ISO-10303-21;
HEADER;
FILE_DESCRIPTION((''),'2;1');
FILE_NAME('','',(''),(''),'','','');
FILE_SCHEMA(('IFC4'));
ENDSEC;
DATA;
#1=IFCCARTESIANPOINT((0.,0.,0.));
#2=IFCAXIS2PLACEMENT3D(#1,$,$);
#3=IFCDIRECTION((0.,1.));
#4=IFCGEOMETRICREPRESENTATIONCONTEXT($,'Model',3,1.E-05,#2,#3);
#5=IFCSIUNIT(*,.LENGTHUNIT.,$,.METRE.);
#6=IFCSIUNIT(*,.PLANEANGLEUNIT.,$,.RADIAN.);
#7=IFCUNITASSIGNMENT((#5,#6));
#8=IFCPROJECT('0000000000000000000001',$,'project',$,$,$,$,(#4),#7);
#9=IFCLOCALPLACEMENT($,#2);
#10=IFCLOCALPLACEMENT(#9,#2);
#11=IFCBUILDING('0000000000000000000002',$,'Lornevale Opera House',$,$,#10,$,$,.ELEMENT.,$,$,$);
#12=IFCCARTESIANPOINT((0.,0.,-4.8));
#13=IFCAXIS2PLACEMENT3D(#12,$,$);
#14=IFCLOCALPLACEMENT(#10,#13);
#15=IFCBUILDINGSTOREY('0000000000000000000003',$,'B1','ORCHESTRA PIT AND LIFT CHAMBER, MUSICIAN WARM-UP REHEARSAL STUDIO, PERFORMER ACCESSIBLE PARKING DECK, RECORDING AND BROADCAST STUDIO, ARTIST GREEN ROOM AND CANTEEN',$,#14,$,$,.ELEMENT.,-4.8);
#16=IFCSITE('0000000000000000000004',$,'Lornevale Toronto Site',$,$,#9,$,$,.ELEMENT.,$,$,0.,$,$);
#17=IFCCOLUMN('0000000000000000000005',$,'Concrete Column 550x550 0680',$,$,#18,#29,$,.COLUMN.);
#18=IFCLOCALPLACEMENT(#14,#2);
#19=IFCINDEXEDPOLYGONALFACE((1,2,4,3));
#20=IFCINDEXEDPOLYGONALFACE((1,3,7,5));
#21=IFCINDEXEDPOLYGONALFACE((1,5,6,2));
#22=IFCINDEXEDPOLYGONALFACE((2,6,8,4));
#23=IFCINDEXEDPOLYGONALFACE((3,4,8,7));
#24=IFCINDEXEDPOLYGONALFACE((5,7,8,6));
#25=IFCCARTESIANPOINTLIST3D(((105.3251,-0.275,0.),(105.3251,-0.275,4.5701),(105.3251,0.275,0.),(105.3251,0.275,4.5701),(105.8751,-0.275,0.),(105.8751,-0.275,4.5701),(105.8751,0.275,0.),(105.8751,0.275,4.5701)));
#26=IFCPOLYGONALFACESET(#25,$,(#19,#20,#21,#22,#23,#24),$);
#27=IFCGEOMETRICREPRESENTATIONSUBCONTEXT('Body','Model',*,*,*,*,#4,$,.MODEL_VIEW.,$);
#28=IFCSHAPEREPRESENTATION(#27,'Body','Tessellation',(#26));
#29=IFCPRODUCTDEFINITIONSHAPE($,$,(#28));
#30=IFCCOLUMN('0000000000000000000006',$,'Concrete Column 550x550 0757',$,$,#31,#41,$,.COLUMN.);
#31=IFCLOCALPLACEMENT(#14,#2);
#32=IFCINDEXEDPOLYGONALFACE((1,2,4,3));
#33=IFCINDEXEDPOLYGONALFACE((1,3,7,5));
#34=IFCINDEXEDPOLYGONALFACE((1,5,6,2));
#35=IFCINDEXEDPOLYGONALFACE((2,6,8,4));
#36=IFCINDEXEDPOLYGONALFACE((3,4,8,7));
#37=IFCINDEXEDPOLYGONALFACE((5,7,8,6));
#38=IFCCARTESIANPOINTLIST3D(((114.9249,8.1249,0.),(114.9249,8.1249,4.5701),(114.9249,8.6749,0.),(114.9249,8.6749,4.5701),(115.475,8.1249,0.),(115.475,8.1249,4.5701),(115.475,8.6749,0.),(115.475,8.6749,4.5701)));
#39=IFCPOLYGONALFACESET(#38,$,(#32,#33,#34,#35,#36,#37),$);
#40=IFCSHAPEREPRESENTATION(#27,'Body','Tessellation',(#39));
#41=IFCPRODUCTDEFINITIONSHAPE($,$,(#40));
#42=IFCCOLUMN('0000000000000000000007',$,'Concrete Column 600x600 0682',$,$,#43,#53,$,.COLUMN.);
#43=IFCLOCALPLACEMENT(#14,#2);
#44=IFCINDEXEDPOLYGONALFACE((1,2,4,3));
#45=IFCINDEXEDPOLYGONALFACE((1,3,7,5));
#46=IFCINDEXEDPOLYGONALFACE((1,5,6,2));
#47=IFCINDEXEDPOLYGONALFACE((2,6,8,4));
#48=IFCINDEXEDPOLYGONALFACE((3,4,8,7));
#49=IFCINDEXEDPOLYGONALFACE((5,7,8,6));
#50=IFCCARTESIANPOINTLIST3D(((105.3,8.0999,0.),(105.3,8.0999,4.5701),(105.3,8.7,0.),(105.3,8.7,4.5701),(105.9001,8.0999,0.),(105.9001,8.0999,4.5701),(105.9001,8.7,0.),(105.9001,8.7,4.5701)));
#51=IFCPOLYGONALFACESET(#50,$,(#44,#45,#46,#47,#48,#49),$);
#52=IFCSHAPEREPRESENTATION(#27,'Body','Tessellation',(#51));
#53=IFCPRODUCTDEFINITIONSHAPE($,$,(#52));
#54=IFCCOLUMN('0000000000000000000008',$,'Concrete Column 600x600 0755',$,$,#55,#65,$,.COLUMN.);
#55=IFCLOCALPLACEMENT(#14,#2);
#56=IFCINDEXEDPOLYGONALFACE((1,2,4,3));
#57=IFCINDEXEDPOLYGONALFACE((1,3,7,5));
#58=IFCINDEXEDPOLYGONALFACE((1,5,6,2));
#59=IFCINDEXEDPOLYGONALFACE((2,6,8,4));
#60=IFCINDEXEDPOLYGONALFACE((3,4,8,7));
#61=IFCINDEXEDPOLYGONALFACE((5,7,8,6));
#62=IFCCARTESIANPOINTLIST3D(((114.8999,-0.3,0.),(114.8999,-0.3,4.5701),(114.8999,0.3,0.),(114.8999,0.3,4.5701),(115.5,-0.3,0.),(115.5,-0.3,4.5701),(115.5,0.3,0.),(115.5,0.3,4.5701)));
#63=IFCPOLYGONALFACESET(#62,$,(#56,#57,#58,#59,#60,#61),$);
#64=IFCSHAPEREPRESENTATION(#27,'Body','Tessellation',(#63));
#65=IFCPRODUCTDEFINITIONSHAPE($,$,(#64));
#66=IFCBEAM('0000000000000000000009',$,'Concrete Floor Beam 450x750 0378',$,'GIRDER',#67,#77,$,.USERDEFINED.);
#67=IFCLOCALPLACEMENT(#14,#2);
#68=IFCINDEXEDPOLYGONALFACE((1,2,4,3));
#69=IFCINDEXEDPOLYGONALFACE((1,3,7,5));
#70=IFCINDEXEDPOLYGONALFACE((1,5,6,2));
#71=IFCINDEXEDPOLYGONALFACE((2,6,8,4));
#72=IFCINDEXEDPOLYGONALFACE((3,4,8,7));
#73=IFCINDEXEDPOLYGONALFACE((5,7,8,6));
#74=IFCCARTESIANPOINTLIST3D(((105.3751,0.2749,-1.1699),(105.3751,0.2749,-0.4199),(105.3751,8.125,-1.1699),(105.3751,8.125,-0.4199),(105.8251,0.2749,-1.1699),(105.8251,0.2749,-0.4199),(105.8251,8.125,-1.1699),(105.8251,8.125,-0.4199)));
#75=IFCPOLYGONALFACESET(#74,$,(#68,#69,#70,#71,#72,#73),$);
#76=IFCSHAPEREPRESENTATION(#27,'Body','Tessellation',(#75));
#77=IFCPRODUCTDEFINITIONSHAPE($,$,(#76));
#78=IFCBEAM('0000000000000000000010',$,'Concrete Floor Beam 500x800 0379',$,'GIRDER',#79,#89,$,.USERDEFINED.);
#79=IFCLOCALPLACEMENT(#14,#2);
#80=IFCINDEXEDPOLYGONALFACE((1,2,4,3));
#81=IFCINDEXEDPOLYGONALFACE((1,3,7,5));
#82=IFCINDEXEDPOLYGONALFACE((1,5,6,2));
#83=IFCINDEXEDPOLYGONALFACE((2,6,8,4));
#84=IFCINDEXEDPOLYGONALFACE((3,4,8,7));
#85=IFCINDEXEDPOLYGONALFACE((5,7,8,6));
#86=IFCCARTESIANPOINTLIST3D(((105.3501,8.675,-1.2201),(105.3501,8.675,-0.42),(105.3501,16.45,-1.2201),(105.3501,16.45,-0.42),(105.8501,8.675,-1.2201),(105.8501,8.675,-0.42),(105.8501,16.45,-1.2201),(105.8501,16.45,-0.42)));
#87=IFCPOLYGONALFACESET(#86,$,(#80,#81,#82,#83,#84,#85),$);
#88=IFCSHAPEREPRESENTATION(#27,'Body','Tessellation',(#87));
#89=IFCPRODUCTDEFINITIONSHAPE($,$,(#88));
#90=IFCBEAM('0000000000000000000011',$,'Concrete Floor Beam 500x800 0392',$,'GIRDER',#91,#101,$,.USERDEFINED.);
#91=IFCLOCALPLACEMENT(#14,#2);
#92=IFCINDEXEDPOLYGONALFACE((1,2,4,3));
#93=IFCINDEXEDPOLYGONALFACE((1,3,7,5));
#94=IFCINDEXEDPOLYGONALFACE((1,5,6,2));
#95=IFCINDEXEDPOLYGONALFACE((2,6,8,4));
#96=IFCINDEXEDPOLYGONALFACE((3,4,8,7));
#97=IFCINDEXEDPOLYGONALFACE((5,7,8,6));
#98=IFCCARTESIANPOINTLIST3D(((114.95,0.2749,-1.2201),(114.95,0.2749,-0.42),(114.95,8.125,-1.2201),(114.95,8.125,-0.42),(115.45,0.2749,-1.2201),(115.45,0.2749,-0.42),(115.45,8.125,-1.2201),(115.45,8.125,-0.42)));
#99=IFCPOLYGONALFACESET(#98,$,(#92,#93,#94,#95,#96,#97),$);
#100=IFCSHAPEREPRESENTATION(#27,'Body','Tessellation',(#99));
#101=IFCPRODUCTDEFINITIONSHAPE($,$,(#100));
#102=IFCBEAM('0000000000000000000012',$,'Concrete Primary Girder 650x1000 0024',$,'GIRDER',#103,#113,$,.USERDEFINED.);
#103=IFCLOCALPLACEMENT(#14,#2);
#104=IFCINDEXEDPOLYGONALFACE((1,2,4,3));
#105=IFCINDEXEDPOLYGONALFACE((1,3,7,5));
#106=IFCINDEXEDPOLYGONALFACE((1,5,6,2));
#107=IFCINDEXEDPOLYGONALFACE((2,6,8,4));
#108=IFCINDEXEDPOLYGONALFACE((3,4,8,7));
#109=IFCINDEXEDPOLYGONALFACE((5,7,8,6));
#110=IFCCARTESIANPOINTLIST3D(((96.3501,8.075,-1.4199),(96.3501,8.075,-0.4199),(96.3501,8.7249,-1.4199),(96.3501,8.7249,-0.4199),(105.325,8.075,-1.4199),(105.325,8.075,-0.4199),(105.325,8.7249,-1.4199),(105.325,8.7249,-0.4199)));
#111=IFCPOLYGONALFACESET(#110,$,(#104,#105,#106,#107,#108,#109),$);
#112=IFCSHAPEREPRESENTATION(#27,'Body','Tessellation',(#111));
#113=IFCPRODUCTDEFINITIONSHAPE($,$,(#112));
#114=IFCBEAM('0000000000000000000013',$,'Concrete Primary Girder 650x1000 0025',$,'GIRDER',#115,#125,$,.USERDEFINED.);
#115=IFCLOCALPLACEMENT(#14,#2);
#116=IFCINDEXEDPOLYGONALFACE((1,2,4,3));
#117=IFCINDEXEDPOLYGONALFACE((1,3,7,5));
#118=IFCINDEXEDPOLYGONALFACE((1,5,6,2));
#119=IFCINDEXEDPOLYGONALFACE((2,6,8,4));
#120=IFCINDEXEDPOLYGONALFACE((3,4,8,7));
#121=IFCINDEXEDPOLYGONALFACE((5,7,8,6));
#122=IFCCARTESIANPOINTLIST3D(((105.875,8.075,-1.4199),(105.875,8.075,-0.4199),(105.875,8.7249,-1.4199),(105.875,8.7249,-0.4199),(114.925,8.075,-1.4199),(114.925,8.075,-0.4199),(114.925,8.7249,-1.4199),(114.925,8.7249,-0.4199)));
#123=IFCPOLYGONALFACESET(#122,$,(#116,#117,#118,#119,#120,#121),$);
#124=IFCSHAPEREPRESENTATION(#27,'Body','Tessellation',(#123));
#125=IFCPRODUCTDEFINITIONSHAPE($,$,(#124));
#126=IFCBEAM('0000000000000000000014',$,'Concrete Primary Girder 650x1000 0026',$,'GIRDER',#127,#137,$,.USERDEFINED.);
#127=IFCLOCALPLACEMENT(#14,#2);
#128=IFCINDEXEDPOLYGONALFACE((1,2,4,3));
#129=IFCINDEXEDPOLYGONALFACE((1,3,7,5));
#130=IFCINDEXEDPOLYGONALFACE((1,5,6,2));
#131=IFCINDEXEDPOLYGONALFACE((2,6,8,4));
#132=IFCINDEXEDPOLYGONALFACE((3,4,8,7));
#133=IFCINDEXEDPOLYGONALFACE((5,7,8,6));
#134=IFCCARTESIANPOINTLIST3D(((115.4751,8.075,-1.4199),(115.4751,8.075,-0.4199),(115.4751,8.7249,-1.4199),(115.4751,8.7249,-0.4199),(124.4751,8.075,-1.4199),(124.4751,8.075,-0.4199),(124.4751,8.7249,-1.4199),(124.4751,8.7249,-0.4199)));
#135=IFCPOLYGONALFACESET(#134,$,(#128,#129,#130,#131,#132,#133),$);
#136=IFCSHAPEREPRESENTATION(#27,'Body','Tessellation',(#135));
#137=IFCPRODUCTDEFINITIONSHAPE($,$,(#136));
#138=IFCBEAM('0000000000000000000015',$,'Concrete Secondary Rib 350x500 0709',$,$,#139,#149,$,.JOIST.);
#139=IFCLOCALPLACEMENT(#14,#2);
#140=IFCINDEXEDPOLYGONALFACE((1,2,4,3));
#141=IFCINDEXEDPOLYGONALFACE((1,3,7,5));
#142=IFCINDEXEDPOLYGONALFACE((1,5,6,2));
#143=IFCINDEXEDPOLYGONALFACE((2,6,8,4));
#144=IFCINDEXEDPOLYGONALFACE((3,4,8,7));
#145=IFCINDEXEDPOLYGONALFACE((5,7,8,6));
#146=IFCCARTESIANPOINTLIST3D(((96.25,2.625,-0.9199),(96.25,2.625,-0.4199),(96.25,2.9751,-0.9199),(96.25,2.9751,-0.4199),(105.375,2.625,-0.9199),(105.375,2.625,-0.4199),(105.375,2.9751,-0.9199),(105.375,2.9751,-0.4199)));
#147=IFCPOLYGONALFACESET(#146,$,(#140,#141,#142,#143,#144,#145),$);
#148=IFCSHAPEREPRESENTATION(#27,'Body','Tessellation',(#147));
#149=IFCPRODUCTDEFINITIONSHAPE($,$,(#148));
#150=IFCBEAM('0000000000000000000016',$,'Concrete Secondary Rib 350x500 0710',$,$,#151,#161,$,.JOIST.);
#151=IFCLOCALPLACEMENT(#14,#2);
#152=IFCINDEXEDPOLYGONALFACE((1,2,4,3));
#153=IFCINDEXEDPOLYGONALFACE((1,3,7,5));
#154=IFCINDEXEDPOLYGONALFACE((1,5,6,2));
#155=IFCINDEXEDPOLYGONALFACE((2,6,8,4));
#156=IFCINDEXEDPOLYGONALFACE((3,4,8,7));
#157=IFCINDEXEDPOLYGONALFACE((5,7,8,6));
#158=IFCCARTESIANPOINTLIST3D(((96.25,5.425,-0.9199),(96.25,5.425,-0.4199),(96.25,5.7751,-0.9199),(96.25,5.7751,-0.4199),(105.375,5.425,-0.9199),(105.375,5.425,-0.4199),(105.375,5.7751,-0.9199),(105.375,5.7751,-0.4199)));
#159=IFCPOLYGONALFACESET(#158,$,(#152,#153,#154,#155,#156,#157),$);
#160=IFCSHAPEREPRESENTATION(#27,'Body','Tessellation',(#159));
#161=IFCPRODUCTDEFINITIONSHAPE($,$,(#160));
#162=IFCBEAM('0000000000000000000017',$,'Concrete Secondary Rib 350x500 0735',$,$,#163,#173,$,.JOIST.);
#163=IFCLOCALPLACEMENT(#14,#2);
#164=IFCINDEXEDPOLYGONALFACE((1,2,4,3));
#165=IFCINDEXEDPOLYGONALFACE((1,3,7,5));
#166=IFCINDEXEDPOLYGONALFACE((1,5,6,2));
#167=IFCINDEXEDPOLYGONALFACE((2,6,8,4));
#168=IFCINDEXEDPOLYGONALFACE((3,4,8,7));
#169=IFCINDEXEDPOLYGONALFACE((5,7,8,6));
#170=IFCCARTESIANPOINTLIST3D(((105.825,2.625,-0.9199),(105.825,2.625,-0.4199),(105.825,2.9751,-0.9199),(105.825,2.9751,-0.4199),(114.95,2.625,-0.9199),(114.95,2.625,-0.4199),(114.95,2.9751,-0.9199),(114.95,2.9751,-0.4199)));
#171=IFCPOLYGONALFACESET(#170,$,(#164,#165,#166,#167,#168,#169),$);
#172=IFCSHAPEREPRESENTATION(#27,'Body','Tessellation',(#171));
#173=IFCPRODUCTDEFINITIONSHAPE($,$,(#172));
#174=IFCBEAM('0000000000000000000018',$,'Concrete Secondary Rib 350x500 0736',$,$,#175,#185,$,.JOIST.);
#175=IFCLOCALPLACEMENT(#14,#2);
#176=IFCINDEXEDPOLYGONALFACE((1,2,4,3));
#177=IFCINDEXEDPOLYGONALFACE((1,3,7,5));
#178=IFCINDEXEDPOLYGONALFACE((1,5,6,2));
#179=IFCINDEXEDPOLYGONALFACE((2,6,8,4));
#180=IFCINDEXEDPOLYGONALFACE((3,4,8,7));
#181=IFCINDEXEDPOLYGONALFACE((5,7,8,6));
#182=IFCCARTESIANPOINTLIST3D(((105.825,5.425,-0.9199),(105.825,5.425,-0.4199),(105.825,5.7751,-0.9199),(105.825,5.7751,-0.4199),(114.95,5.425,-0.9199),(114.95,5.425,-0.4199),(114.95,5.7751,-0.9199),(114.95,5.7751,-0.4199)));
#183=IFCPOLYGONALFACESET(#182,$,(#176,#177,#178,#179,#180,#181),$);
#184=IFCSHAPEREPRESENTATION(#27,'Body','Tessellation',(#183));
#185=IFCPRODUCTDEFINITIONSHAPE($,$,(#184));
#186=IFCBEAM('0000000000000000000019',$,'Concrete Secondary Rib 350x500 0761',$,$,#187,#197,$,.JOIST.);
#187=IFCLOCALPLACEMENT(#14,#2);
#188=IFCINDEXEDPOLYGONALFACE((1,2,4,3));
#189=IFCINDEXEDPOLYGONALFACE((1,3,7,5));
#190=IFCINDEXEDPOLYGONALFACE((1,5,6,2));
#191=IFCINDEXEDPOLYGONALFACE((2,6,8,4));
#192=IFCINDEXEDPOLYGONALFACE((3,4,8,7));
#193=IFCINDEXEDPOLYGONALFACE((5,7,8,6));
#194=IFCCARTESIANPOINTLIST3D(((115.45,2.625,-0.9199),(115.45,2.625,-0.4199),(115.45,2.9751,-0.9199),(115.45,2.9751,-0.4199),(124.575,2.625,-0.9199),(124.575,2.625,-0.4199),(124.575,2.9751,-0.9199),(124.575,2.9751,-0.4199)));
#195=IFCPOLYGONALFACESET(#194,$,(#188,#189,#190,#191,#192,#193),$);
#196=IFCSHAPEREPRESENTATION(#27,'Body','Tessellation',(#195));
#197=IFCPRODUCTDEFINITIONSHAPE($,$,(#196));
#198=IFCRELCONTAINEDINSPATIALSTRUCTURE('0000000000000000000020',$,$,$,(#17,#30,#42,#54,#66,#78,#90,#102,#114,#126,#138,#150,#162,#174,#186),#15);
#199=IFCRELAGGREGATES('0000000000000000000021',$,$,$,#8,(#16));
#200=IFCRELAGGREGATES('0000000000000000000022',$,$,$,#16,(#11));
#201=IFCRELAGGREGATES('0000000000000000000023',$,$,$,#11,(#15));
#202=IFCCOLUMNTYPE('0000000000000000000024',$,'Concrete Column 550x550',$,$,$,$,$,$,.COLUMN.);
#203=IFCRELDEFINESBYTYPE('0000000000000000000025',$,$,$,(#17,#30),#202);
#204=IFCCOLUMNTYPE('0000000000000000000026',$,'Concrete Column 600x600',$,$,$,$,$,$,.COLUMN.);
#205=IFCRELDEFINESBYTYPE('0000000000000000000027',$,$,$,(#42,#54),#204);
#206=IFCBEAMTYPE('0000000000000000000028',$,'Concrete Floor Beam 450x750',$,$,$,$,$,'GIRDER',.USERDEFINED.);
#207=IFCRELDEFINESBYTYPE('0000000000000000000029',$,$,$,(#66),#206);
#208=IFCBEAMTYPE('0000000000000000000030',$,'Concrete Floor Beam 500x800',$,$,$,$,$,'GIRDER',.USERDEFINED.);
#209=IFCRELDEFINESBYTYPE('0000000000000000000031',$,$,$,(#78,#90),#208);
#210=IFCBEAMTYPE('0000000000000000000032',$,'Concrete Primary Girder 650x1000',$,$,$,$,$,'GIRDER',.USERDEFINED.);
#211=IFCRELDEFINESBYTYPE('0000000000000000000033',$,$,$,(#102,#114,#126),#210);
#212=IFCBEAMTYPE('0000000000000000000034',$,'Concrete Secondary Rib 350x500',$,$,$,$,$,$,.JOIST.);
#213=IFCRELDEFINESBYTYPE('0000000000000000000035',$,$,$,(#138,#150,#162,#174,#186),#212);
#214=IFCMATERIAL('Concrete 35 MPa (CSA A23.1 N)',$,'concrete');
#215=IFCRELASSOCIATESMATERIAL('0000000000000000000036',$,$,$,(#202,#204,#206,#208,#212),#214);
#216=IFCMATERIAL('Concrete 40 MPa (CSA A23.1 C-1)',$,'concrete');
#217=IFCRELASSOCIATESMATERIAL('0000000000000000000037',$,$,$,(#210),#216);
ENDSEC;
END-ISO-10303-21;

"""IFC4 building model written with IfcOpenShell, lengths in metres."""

from ifc_helpers import new_model, si_unit, direction, frame, origin, origin_2d, place, context, subcontext, project, spatial, rectangle, extrude, material, material_profile, profile_set, type_object, element, save


model = new_model("IFC4")

# Units and contexts
model_context = context("Model", 3, precision=1e-05, world=origin(), true_north=direction((0.0, 1.0)))
body_context = subcontext(model_context, "Body", "Model", "MODEL_VIEW")
ifc_project = project(units=[si_unit("LENGTHUNIT", "METRE"), si_unit("PLANEANGLEUNIT", "RADIAN")], contexts=[model_context])

# Site, building, storey
site_placement = place(None, origin())
site = spatial("IfcSite", under=ifc_project, at=site_placement, Name="Lornevale Toronto Site", CompositionType="ELEMENT", RefElevation=0.0)
building_placement = place(site_placement, origin())
building = spatial("IfcBuilding", under=site, at=building_placement, Name="Lornevale Opera House", CompositionType="ELEMENT")
storey_placement = place(building_placement, frame((0.0, 0.0, -4.8)))
storey = spatial("IfcBuildingStorey", under=building, at=storey_placement, Name="B1", Description="ORCHESTRA PIT AND LIFT CHAMBER, MUSICIAN WARM-UP REHEARSAL STUDIO, PERFORMER ACCESSIBLE PARKING DECK, RECORDING AND BROADCAST STUDIO, ARTIST GREEN ROOM AND CANTEEN", CompositionType="ELEMENT", Elevation=-4.8)

# Columns
ifc_material_1 = material(Name="Concrete 35 MPa (CSA A23.1 N)", Category="concrete")
ifc_material_profile_1 = material_profile(ifc_material_1, rectangle(XDim=0.55, YDim=0.55, at=origin_2d()), Name="RC550x550")
ifc_profile_set_1 = profile_set([ifc_material_profile_1], Name="Concrete 35 MPa (CSA A23.1 N)")
column_type_1 = type_object("IfcColumnType", Name="Concrete Column 550x550", PredefinedType="COLUMN", material=ifc_profile_set_1)
for number, where, z_axis, x_axis, name in (
    (1, (105.6001, 0.0, 0.0), (0.0, 0.0, 1.0), (1.0, 0.0, 0.0), "Concrete Column 550x550 0680"),
    (2, (115.2, 8.3999, 0.0), (0.0, 0.0, 1.0), (1.0, 0.0, 0.0), "Concrete Column 550x550 0757"),
):
    element("IfcColumn", number, at=place(storey_placement, frame(where, z_axis=z_axis, x_axis=x_axis)), inside=storey, type_object=column_type_1, Name=name, PredefinedType="COLUMN", context=body_context, shape_type="SweptSolid", body=[
        extrude(rectangle(XDim=0.55, YDim=0.55, at=origin_2d()), origin(), (0.0, 0.0, 1.0), 4.5701),
    ])
ifc_material_profile_2 = material_profile(ifc_material_1, rectangle(XDim=0.6001, YDim=0.6001, at=origin_2d()), Name="RC600x600")
ifc_profile_set_2 = profile_set([ifc_material_profile_2], Name="Concrete 35 MPa (CSA A23.1 N)")
column_type_2 = type_object("IfcColumnType", Name="Concrete Column 600x600", PredefinedType="COLUMN", material=ifc_profile_set_2)
for number, where, z_axis, x_axis, name in (
    (3, (105.6001, 8.3999, 0.0), (0.0, 0.0, 1.0), (1.0, 0.0, 0.0), "Concrete Column 600x600 0682"),
    (4, (115.2, 0.0, 0.0), (0.0, 0.0, 1.0), (1.0, 0.0, 0.0), "Concrete Column 600x600 0755"),
):
    element("IfcColumn", number, at=place(storey_placement, frame(where, z_axis=z_axis, x_axis=x_axis)), inside=storey, type_object=column_type_2, Name=name, PredefinedType="COLUMN", context=body_context, shape_type="SweptSolid", body=[
        extrude(rectangle(XDim=0.6001, YDim=0.6001, at=origin_2d()), origin(), (0.0, 0.0, 1.0), 4.5701),
    ])

# Beams
ifc_material_profile_3 = material_profile(ifc_material_1, rectangle(XDim=0.45, YDim=0.75, at=origin_2d()), Name="RC450x750")
ifc_profile_set_3 = profile_set([ifc_material_profile_3], Name="Concrete 35 MPa (CSA A23.1 N)")
beam_type_1 = type_object("IfcBeamType", Name="Concrete Floor Beam 450x750", ElementType="GIRDER", PredefinedType="USERDEFINED", material=ifc_profile_set_3)
beam_1_placement = place(storey_placement, frame((105.6001, 0.2749, -0.7949), z_axis=(0.0, 1.0, 0.0), x_axis=(-1.0, 0.0, 0.0)))
element("IfcBeam", 5, at=beam_1_placement, inside=storey, type_object=beam_type_1, Name="Concrete Floor Beam 450x750 0378", ObjectType="GIRDER", PredefinedType="USERDEFINED", context=body_context, shape_type="SweptSolid", body=[
    extrude(rectangle(XDim=0.45, YDim=0.75, at=origin_2d()), origin(), (0.0, 0.0, 1.0), 7.8501),
])
ifc_material_profile_4 = material_profile(ifc_material_1, rectangle(XDim=0.5, YDim=0.8, at=origin_2d()), Name="RC500x800")
ifc_profile_set_4 = profile_set([ifc_material_profile_4], Name="Concrete 35 MPa (CSA A23.1 N)")
beam_type_2 = type_object("IfcBeamType", Name="Concrete Floor Beam 500x800", ElementType="GIRDER", PredefinedType="USERDEFINED", material=ifc_profile_set_4)
beam_2_placement = place(storey_placement, frame((105.6001, 8.675, -0.8201), z_axis=(0.0, 1.0, 0.0), x_axis=(-1.0, 0.0, 0.0)))
element("IfcBeam", 6, at=beam_2_placement, inside=storey, type_object=beam_type_2, Name="Concrete Floor Beam 500x800 0379", ObjectType="GIRDER", PredefinedType="USERDEFINED", context=body_context, shape_type="SweptSolid", body=[
    extrude(rectangle(XDim=0.5, YDim=0.8, at=origin_2d()), origin(), (0.0, 0.0, 1.0), 7.7749),
])
beam_3_placement = place(storey_placement, frame((115.2, 0.2749, -0.8201), z_axis=(0.0, 1.0, 0.0), x_axis=(-1.0, 0.0, 0.0)))
element("IfcBeam", 7, at=beam_3_placement, inside=storey, type_object=beam_type_2, Name="Concrete Floor Beam 500x800 0392", ObjectType="GIRDER", PredefinedType="USERDEFINED", context=body_context, shape_type="SweptSolid", body=[
    extrude(rectangle(XDim=0.5, YDim=0.8, at=origin_2d()), origin(), (0.0, 0.0, 1.0), 7.8501),
])
ifc_material_2 = material(Name="Concrete 40 MPa (CSA A23.1 C-1)", Category="concrete")
ifc_material_profile_5 = material_profile(ifc_material_2, rectangle(XDim=0.6499, YDim=1.0, at=origin_2d()), Name="RC650x1000")
ifc_profile_set_5 = profile_set([ifc_material_profile_5], Name="Concrete 40 MPa (CSA A23.1 C-1)")
beam_type_3 = type_object("IfcBeamType", Name="Concrete Primary Girder 650x1000", ElementType="GIRDER", PredefinedType="USERDEFINED", material=ifc_profile_set_5)
beam_4_placement = place(storey_placement, frame((96.3501, 8.3999, -0.9199), z_axis=(1.0, 0.0, 0.0), x_axis=(0.0, 1.0, 0.0)))
element("IfcBeam", 8, at=beam_4_placement, inside=storey, type_object=beam_type_3, Name="Concrete Primary Girder 650x1000 0024", ObjectType="GIRDER", PredefinedType="USERDEFINED", context=body_context, shape_type="SweptSolid", body=[
    extrude(rectangle(XDim=0.6499, YDim=1.0, at=origin_2d()), origin(), (0.0, 0.0, 1.0), 8.9749),
])
beam_5_placement = place(storey_placement, frame((105.875, 8.3999, -0.9199), z_axis=(1.0, 0.0, 0.0), x_axis=(0.0, 1.0, 0.0)))
element("IfcBeam", 9, at=beam_5_placement, inside=storey, type_object=beam_type_3, Name="Concrete Primary Girder 650x1000 0025", ObjectType="GIRDER", PredefinedType="USERDEFINED", context=body_context, shape_type="SweptSolid", body=[
    extrude(rectangle(XDim=0.6499, YDim=1.0, at=origin_2d()), origin(), (0.0, 0.0, 1.0), 9.05),
])
beam_6_placement = place(storey_placement, frame((115.4751, 8.3999, -0.9199), z_axis=(1.0, 0.0, 0.0), x_axis=(0.0, 1.0, 0.0)))
element("IfcBeam", 10, at=beam_6_placement, inside=storey, type_object=beam_type_3, Name="Concrete Primary Girder 650x1000 0026", ObjectType="GIRDER", PredefinedType="USERDEFINED", context=body_context, shape_type="SweptSolid", body=[
    extrude(rectangle(XDim=0.6499, YDim=1.0, at=origin_2d()), origin(), (0.0, 0.0, 1.0), 9.0),
])
ifc_material_profile_6 = material_profile(ifc_material_1, rectangle(XDim=0.3501, YDim=0.5, at=origin_2d()), Name="RC350x500")
ifc_profile_set_6 = profile_set([ifc_material_profile_6], Name="Concrete 35 MPa (CSA A23.1 N)")
beam_type_4 = type_object("IfcBeamType", Name="Concrete Secondary Rib 350x500", PredefinedType="JOIST", material=ifc_profile_set_6)
for number, where, z_axis, x_axis, name in (
    (11, (96.25, 2.8, -0.6699), (1.0, 0.0, 0.0), (0.0, 1.0, 0.0), "Concrete Secondary Rib 350x500 0709"),
    (12, (96.25, 5.6001, -0.6699), (1.0, 0.0, 0.0), (0.0, 1.0, 0.0), "Concrete Secondary Rib 350x500 0710"),
    (13, (105.825, 2.8, -0.6699), (1.0, 0.0, 0.0), (0.0, 1.0, 0.0), "Concrete Secondary Rib 350x500 0735"),
    (14, (105.825, 5.6001, -0.6699), (1.0, 0.0, 0.0), (0.0, 1.0, 0.0), "Concrete Secondary Rib 350x500 0736"),
    (15, (115.45, 2.8, -0.6699), (1.0, 0.0, 0.0), (0.0, 1.0, 0.0), "Concrete Secondary Rib 350x500 0761"),
):
    element("IfcBeam", number, at=place(storey_placement, frame(where, z_axis=z_axis, x_axis=x_axis)), inside=storey, type_object=beam_type_4, Name=name, PredefinedType="JOIST", context=body_context, shape_type="SweptSolid", body=[
        extrude(rectangle(XDim=0.3501, YDim=0.5, at=origin_2d()), origin(), (0.0, 0.0, 1.0), 9.125),
    ])

save(model, "model.ifc")
